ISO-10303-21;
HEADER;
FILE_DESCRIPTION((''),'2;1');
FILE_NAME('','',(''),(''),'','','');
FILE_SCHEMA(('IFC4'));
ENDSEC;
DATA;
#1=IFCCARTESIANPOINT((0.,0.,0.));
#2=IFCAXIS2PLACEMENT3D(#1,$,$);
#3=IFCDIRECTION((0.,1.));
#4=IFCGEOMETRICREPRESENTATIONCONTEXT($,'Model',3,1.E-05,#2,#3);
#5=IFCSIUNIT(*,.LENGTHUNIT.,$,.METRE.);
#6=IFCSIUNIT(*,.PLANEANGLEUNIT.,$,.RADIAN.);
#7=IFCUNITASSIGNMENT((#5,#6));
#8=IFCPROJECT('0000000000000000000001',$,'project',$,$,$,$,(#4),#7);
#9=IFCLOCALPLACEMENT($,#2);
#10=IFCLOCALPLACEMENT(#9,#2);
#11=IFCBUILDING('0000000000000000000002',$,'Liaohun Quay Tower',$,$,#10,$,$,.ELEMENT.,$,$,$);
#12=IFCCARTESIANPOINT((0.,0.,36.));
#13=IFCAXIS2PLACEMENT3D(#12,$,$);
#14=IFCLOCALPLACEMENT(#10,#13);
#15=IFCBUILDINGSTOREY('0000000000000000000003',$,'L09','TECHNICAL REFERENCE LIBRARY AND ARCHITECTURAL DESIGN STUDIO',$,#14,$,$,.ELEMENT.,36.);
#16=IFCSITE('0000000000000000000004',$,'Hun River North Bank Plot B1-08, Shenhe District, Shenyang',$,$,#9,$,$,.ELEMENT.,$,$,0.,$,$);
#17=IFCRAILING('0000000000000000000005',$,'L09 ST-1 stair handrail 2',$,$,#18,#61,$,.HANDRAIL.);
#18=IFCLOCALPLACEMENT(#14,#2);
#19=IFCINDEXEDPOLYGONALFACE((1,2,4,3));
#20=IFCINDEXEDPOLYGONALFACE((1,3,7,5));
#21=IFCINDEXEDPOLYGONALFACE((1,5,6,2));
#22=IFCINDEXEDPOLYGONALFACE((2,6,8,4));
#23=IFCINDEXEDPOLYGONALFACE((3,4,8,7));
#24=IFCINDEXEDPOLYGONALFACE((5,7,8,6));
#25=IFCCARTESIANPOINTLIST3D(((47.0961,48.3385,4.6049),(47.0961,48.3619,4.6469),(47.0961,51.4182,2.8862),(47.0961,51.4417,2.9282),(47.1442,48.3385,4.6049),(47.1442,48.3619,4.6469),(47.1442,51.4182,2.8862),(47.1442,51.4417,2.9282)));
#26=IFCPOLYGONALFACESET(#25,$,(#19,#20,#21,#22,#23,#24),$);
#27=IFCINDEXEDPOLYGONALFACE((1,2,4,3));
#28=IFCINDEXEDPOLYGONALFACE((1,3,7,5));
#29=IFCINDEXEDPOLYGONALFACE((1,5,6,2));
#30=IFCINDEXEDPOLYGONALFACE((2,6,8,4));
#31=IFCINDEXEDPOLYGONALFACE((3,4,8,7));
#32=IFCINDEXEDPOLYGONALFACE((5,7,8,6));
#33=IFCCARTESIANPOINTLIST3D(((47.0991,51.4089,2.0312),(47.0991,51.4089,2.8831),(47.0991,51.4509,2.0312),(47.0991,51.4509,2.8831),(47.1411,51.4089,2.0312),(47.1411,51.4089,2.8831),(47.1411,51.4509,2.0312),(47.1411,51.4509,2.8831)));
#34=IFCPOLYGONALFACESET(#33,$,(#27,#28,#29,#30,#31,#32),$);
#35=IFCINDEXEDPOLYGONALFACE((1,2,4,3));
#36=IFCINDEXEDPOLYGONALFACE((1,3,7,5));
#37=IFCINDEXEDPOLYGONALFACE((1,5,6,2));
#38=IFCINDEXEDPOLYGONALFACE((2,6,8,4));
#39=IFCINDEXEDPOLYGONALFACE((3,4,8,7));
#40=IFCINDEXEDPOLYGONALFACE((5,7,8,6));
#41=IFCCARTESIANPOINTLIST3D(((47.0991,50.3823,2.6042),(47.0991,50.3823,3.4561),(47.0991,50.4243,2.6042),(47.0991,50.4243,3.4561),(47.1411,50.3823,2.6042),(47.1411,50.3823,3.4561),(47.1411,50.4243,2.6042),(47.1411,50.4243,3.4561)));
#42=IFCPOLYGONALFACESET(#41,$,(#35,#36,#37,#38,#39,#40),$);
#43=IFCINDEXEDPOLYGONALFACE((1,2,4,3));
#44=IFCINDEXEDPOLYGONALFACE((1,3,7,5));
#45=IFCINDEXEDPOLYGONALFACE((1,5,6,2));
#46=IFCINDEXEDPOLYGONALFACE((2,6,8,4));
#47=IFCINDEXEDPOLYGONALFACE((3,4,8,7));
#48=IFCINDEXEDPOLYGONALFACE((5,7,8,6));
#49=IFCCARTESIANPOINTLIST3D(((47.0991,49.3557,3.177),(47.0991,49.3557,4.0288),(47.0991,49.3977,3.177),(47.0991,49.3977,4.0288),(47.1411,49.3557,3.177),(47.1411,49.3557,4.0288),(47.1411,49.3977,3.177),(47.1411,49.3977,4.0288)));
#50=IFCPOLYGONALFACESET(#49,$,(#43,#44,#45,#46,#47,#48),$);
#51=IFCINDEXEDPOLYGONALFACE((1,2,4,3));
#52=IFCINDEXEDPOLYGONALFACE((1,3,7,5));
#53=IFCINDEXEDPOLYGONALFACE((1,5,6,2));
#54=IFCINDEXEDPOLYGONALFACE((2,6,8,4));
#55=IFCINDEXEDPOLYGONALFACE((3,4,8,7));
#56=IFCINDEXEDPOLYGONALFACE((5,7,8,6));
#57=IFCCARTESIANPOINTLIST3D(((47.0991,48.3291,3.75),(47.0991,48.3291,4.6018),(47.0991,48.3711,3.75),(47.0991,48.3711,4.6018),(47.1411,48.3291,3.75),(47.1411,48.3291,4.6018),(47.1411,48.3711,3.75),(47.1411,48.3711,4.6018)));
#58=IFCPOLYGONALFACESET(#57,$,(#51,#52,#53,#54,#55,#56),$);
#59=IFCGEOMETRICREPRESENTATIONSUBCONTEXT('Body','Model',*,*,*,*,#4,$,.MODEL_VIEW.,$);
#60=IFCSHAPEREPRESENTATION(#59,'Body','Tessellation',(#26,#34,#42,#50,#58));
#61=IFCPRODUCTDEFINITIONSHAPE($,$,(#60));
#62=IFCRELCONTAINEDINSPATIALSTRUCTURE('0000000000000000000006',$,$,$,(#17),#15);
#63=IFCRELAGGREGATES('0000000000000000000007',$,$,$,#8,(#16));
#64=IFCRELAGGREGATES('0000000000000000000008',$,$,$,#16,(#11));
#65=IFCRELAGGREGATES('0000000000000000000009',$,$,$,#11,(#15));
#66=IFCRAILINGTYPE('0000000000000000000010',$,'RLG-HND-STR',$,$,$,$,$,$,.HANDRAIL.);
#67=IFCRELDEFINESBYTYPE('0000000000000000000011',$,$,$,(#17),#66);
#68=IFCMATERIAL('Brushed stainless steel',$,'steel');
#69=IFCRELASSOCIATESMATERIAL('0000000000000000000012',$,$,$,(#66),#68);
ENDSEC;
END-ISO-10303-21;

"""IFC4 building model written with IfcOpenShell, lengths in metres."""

from ifc_helpers import new_model, si_unit, direction, frame, origin, origin_2d, place, context, subcontext, project, spatial, rectangle, extrude, material, type_object, element, save


model = new_model("IFC4")

# Units and contexts
model_context = context("Model", 3, precision=1e-05, world=origin(), true_north=direction((0.0, 1.0)))
body_context = subcontext(model_context, "Body", "Model", "MODEL_VIEW")
ifc_project = project(units=[si_unit("LENGTHUNIT", "METRE"), si_unit("PLANEANGLEUNIT", "RADIAN")], contexts=[model_context])

# Site, building, storey
site_placement = place(None, origin())
site = spatial("IfcSite", under=ifc_project, at=site_placement, Name="Hun River North Bank Plot B1-08, Shenhe District, Shenyang", CompositionType="ELEMENT", RefElevation=0.0)
building_placement = place(site_placement, origin())
building = spatial("IfcBuilding", under=site, at=building_placement, Name="Liaohun Quay Tower", CompositionType="ELEMENT")
storey_placement = place(building_placement, frame((0.0, 0.0, 36.0)))
storey = spatial("IfcBuildingStorey", under=building, at=storey_placement, Name="L09", Description="TECHNICAL REFERENCE LIBRARY AND ARCHITECTURAL DESIGN STUDIO", CompositionType="ELEMENT", Elevation=36.0)

# Railing
ifc_material_1 = material(Name="Brushed stainless steel", Category="steel")
railing_type_1 = type_object("IfcRailingType", Name="RLG-HND-STR", PredefinedType="HANDRAIL", material=ifc_material_1)
railing_1_placement = place(storey_placement, frame((47.1201, 51.4299, 2.0312)))
element("IfcRailing", 1, at=railing_1_placement, inside=storey, type_object=railing_type_1, Name="L09 ST-1 stair handrail 2", PredefinedType="HANDRAIL", context=body_context, shape_type="SweptSolid", body=[
    extrude(rectangle(XDim=0.0481, YDim=0.0481, at=origin_2d()), frame((0.0, 0.0, 0.876), z_axis=(0.0, -0.873225, 0.487317), x_axis=(1.0, 0.0, 0.0)), (0.0, 0.0, 1.0), 3.5269),
    extrude(rectangle(XDim=0.042, YDim=0.042, at=origin_2d()), origin(), (0.0, 0.0, 1.0), 0.8518),
    extrude(rectangle(XDim=0.042, YDim=0.042, at=origin_2d()), frame((0.0, -1.0266, 0.573)), (0.0, 0.0, 1.0), 0.8518),
    extrude(rectangle(XDim=0.042, YDim=0.042, at=origin_2d()), frame((0.0, -2.0532, 1.1458)), (0.0, 0.0, 1.0), 0.8518),
    extrude(rectangle(XDim=0.042, YDim=0.042, at=origin_2d()), frame((0.0, -3.0798, 1.7188)), (0.0, 0.0, 1.0), 0.8518),
])

save(model, "model.ifc")
